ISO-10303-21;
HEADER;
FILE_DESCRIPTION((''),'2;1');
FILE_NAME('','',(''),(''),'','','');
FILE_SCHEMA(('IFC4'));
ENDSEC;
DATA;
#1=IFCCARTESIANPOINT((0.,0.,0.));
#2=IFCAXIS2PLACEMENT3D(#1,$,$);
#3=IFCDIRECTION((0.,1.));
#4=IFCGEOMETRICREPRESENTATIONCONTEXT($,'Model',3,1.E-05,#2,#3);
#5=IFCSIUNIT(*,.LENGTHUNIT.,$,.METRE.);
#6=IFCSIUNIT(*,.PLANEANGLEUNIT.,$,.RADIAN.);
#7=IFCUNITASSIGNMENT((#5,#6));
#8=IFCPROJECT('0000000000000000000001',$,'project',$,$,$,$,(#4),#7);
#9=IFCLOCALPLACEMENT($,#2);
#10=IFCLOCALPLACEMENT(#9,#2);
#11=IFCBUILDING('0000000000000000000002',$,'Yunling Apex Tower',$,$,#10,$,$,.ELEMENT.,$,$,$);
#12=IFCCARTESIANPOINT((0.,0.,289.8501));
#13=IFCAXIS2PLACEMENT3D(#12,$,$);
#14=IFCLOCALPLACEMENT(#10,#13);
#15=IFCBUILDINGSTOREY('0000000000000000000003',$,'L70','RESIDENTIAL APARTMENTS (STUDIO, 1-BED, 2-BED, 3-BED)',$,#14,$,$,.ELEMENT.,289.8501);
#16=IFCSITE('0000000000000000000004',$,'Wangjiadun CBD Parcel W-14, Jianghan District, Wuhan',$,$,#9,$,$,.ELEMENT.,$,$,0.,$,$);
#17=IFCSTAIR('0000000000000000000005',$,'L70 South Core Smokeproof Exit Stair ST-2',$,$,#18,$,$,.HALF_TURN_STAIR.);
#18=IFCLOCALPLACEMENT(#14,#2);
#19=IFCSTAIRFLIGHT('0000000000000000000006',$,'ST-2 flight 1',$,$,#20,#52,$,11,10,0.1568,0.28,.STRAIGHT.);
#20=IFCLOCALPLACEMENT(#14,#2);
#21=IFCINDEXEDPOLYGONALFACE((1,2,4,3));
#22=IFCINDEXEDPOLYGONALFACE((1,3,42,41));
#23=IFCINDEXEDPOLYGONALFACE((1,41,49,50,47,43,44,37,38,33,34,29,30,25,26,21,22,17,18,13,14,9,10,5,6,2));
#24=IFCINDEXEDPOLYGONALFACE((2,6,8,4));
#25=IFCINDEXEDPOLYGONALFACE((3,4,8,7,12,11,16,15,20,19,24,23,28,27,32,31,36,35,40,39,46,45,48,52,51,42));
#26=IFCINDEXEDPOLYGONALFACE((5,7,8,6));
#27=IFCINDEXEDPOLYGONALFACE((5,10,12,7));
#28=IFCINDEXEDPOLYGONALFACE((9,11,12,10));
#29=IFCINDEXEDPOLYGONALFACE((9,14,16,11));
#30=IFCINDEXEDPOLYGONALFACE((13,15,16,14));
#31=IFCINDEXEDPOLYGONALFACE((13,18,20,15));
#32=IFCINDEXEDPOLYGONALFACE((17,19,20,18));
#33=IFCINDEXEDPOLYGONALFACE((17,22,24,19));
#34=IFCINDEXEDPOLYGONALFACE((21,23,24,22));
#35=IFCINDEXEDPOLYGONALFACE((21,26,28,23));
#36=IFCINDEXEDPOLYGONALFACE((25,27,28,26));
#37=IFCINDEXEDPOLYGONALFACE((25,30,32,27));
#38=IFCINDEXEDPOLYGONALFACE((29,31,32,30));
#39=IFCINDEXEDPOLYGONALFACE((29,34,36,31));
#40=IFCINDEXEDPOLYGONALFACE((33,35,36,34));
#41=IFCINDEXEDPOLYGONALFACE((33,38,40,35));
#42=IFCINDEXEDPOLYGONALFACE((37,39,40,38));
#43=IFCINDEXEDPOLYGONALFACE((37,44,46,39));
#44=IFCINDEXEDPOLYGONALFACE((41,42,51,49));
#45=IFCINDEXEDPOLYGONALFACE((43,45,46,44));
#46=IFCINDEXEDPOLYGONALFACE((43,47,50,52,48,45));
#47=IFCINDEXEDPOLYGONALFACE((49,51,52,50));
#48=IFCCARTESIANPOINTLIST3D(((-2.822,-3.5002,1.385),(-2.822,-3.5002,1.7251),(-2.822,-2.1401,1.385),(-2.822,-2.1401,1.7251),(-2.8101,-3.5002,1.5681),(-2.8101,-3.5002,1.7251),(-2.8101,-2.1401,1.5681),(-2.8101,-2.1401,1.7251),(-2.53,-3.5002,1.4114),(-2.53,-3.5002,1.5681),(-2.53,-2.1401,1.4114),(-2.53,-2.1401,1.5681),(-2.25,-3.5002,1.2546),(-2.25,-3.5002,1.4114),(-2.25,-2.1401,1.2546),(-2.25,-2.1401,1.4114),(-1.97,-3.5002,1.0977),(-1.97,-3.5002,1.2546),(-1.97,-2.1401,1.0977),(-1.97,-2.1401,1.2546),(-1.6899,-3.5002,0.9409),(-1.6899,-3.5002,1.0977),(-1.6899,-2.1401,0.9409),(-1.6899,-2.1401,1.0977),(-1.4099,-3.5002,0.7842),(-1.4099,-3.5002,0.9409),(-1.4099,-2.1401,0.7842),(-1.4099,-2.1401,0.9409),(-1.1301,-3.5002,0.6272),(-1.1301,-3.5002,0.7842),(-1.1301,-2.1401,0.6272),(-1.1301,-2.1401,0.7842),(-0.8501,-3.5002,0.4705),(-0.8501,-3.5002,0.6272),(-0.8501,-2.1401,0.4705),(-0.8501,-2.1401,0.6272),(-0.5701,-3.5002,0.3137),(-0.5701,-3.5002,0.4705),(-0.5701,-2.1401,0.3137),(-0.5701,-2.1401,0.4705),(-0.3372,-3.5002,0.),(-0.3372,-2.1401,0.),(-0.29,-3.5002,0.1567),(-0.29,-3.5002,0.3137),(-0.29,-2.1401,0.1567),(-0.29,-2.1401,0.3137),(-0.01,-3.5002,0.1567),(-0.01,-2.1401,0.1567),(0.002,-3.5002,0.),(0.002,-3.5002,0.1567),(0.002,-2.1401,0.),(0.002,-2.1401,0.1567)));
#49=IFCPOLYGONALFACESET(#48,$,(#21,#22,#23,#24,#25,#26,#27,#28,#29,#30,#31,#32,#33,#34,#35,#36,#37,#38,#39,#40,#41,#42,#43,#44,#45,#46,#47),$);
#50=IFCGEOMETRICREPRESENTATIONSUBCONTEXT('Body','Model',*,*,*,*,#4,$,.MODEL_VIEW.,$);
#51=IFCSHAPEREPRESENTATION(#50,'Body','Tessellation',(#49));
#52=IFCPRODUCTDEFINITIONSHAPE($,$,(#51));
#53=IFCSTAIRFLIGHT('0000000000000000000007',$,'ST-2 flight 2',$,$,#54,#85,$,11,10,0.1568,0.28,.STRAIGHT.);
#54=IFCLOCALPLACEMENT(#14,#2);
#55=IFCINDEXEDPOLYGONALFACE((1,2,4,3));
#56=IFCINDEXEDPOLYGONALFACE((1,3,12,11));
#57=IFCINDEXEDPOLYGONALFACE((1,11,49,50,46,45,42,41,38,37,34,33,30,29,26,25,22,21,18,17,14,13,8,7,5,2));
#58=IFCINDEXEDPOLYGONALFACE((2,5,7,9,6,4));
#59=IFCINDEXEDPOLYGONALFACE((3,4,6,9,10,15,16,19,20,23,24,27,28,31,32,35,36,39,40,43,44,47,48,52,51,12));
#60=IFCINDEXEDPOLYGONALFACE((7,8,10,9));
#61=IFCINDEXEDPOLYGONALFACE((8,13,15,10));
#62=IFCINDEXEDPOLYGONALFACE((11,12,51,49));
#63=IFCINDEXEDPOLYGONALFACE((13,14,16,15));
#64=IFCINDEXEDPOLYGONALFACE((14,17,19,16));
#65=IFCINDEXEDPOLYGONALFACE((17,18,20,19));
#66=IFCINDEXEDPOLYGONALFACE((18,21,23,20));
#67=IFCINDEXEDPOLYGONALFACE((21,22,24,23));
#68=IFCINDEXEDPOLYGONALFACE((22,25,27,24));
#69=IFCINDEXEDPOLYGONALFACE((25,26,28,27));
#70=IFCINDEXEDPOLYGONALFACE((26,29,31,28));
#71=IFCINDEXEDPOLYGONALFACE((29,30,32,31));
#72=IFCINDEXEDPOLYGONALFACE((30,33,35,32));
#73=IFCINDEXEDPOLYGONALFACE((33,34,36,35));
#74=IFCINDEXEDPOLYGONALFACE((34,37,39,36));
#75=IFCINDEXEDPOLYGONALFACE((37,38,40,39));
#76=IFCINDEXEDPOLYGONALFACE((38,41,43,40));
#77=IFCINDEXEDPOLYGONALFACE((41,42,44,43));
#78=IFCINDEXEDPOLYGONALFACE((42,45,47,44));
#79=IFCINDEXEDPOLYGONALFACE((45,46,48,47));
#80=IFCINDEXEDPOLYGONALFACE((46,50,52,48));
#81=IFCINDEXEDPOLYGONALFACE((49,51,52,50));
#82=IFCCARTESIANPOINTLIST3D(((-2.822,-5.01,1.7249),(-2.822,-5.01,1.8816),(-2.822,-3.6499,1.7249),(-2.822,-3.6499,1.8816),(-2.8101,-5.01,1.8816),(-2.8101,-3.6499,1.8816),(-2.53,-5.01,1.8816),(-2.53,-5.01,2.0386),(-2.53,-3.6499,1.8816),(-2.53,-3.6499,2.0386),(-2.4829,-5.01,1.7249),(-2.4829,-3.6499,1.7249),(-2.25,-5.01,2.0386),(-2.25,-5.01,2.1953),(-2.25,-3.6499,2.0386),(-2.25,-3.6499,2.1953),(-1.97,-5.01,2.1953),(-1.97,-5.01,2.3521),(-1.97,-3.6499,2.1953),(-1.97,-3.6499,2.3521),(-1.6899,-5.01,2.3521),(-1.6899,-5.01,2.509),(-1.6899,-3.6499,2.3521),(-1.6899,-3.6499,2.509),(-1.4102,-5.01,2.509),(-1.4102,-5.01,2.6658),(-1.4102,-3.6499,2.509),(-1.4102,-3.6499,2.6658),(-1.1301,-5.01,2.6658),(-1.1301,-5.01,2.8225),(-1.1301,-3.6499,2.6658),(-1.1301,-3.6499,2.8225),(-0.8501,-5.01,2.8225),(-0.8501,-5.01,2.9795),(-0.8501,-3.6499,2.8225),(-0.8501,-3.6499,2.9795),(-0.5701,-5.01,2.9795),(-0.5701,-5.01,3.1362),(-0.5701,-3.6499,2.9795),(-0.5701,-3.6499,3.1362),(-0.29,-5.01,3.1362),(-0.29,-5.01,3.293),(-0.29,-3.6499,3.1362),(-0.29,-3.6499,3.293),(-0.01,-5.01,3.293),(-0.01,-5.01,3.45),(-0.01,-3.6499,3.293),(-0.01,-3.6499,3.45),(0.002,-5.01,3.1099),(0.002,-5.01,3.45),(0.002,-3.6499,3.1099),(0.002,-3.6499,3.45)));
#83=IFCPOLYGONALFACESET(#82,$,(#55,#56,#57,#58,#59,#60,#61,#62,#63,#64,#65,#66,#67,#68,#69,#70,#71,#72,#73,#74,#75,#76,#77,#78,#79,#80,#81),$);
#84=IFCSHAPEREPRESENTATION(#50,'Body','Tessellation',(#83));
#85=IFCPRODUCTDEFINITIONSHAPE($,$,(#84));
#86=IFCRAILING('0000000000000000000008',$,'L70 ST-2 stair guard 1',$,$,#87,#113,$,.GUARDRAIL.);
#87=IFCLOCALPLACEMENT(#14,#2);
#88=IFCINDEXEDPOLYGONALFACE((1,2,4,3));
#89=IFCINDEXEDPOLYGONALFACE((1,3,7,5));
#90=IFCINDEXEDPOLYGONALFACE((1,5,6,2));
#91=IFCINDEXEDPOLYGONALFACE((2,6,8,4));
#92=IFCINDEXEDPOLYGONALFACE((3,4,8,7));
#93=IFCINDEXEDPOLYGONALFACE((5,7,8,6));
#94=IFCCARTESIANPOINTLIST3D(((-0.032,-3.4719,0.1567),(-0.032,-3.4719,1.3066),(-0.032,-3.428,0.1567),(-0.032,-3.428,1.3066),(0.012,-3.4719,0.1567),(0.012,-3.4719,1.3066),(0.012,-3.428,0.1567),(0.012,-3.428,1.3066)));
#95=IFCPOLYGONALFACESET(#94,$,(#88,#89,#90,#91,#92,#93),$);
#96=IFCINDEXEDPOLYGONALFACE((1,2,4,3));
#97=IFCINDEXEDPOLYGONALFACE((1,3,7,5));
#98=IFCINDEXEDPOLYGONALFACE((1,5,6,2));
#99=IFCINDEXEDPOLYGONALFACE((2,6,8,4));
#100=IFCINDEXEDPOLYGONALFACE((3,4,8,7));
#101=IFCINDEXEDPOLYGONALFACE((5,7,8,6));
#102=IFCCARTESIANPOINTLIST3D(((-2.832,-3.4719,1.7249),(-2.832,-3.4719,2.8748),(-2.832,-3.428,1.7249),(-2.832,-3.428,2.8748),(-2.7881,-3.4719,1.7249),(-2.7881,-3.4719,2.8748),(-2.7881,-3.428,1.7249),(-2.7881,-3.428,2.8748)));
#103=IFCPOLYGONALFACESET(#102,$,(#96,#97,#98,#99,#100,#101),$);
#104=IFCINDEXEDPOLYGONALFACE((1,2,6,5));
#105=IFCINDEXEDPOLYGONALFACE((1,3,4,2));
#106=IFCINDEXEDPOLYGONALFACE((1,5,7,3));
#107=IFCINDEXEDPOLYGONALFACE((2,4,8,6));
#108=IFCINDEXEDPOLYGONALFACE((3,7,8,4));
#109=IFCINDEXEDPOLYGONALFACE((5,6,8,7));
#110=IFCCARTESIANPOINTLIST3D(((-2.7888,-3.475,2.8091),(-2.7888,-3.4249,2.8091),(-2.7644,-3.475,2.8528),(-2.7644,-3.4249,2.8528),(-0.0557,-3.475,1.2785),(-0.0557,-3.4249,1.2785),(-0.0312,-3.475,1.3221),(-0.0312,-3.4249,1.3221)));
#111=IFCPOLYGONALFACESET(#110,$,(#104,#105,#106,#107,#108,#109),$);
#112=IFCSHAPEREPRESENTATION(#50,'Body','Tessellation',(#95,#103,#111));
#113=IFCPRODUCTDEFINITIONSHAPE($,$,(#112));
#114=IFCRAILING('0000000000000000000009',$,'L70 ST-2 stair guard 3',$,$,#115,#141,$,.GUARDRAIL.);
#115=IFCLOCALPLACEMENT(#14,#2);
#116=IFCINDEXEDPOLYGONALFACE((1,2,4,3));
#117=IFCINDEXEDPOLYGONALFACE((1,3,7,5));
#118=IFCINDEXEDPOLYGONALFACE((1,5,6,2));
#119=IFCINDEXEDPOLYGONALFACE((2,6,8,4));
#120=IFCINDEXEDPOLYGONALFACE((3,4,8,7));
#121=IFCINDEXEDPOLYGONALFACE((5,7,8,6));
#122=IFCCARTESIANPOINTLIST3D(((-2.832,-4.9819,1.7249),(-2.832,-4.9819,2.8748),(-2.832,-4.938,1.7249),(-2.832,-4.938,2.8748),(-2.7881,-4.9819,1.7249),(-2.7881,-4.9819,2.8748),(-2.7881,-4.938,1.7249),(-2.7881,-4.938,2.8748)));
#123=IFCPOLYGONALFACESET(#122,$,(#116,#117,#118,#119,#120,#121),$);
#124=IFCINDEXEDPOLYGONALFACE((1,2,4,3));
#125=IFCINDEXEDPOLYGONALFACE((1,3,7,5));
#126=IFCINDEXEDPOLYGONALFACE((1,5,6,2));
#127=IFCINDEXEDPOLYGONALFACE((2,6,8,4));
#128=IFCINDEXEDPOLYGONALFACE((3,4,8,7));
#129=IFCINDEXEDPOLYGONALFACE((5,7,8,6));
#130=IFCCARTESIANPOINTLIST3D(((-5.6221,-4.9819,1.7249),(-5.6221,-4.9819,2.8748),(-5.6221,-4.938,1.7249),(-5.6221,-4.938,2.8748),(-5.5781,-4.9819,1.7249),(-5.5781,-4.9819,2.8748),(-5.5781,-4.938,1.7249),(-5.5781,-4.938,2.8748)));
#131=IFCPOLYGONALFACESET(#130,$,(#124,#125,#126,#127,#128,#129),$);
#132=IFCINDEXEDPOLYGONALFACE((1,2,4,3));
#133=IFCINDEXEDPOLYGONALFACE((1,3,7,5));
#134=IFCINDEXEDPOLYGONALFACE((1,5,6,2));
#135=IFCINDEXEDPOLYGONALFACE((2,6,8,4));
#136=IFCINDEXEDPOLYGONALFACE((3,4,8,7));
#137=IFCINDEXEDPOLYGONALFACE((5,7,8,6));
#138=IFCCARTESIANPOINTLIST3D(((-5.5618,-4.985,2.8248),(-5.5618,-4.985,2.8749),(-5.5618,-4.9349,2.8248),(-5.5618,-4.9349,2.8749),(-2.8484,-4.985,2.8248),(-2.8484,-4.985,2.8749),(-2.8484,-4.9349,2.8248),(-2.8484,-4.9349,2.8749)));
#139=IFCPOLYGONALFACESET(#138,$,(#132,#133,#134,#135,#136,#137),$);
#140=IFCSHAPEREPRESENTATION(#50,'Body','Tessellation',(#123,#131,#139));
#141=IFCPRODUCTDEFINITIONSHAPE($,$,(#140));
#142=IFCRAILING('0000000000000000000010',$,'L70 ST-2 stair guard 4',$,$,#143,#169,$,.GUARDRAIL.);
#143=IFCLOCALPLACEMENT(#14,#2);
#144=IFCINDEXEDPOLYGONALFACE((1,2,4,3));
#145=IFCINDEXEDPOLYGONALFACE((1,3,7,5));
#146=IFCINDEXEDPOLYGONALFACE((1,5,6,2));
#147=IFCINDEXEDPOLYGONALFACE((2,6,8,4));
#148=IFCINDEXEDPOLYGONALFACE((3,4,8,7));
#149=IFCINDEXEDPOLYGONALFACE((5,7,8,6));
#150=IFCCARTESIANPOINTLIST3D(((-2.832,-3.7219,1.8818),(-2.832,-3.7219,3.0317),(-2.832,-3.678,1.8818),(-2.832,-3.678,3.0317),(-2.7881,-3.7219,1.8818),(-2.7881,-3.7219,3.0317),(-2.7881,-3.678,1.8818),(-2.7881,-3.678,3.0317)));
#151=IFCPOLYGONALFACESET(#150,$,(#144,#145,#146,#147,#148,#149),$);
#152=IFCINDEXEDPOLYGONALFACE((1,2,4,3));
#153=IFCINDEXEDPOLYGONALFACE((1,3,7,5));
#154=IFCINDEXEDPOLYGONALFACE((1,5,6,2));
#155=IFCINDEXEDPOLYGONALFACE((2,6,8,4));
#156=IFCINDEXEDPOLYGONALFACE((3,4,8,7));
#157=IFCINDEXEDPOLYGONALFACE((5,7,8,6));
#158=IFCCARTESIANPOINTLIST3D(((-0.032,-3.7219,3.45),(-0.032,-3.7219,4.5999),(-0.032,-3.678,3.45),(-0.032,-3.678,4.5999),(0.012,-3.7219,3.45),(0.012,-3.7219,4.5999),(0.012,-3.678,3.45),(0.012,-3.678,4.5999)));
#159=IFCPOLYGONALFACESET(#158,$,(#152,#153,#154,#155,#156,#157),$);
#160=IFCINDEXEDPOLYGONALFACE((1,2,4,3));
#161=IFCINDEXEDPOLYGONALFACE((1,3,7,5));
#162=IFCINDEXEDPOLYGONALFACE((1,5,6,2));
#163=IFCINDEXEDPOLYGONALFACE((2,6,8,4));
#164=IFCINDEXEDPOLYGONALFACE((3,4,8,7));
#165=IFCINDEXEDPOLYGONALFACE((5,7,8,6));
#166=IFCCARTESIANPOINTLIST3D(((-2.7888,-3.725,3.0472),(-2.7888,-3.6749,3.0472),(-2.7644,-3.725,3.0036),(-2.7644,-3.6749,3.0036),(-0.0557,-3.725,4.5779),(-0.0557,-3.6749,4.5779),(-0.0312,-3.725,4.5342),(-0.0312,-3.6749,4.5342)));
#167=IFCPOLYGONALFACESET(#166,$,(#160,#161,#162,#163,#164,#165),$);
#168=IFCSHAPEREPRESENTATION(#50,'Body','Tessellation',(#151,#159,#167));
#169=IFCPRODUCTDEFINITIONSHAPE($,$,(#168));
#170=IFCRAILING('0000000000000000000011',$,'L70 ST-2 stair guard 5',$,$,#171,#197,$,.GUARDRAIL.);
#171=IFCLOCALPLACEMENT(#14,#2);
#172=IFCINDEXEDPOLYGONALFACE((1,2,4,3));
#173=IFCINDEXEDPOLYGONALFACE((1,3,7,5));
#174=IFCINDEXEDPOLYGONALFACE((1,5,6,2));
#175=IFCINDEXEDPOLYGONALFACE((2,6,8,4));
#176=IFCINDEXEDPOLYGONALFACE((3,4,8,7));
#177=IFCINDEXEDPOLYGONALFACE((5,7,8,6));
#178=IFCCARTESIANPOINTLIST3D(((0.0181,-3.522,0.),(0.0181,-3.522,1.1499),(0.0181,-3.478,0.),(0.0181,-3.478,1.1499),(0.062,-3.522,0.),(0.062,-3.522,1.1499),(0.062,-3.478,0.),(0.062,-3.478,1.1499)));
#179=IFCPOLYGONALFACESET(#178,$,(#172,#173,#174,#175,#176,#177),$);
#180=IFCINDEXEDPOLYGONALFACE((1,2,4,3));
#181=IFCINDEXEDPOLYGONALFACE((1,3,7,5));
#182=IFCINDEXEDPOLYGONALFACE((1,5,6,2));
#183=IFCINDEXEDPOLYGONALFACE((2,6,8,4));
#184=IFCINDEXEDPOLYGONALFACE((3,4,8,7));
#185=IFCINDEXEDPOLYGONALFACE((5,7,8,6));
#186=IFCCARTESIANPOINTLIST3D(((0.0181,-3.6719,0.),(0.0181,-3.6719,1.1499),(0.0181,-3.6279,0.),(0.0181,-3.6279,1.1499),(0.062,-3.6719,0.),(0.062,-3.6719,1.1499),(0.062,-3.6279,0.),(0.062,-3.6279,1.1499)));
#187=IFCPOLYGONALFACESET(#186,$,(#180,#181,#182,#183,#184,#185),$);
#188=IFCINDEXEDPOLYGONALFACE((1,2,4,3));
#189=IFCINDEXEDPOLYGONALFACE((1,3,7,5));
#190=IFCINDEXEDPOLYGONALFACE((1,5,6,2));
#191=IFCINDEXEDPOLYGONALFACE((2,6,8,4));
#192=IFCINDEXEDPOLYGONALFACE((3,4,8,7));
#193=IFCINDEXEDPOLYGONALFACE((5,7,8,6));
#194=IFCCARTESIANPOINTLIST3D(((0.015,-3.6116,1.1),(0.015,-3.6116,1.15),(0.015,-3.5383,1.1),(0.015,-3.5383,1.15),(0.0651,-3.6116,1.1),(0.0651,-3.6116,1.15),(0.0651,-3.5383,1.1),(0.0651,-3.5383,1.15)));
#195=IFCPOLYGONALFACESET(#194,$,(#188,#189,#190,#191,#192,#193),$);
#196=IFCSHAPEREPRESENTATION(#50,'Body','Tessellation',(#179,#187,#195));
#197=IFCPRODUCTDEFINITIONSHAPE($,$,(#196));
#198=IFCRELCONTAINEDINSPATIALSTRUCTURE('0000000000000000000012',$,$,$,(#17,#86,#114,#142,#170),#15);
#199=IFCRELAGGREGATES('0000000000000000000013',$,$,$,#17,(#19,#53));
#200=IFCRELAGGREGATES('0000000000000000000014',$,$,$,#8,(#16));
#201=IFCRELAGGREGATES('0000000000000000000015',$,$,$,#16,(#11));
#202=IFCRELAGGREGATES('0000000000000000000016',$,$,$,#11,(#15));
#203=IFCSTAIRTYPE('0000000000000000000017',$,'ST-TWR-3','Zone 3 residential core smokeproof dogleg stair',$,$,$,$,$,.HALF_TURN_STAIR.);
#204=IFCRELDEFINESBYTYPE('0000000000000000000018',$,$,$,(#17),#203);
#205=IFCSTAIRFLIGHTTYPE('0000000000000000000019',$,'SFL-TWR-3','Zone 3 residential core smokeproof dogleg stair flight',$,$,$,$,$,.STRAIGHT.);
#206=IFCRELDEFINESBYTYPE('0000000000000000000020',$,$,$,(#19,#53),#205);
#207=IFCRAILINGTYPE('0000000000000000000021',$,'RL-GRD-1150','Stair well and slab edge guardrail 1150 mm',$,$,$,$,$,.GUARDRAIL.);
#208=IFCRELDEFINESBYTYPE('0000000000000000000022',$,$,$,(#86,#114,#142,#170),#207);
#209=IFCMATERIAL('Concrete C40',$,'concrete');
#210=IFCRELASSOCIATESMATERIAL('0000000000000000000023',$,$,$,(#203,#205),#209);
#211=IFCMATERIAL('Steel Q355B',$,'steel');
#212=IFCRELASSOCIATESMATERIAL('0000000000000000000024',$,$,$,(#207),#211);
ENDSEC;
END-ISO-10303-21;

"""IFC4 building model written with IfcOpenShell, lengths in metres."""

from ifc_helpers import new_model, si_unit, direction, frame, origin, origin_2d, place, context, subcontext, project, spatial, polyline, rectangle, outline, extrude, material, type_object, element, aggregate, save


model = new_model("IFC4")

# Units and contexts
model_context = context("Model", 3, precision=1e-05, world=origin(), true_north=direction((0.0, 1.0)))
body_context = subcontext(model_context, "Body", "Model", "MODEL_VIEW")
ifc_project = project(units=[si_unit("LENGTHUNIT", "METRE"), si_unit("PLANEANGLEUNIT", "RADIAN")], contexts=[model_context])

# Site, building, storey
site_placement = place(None, origin())
site = spatial("IfcSite", under=ifc_project, at=site_placement, Name="Wangjiadun CBD Parcel W-14, Jianghan District, Wuhan", CompositionType="ELEMENT", RefElevation=0.0)
building_placement = place(site_placement, origin())
building = spatial("IfcBuilding", under=site, at=building_placement, Name="Yunling Apex Tower", CompositionType="ELEMENT")
storey_placement = place(building_placement, frame((0.0, 0.0, 289.8501)))
storey = spatial("IfcBuildingStorey", under=building, at=storey_placement, Name="L70", Description="RESIDENTIAL APARTMENTS (STUDIO, 1-BED, 2-BED, 3-BED)", CompositionType="ELEMENT", Elevation=289.8501)

# Shared definitions
ifc_material_1 = material(Name="Steel Q355B", Category="steel")

# Shared definitions
ifc_material_2 = material(Name="Concrete C40", Category="concrete")

# Stair, stair flights
stair_type = type_object("IfcStairType", Name="ST-TWR-3", Description="Zone 3 residential core smokeproof dogleg stair", PredefinedType="HALF_TURN_STAIR", material=ifc_material_2)
stair_placement = place(storey_placement, origin())
stair = element("IfcStair", 1, at=stair_placement, inside=storey, type_object=stair_type, Name="L70 South Core Smokeproof Exit Stair ST-2", PredefinedType="HALF_TURN_STAIR")
stair_flight_type = type_object("IfcStairFlightType", Name="SFL-TWR-3", Description="Zone 3 residential core smokeproof dogleg stair flight", PredefinedType="STRAIGHT", material=ifc_material_2)
stair_flight_1_placement = place(storey_placement, frame((-0.01, -2.8201, 0.0), z_axis=(0.0, 0.0, 1.0), x_axis=(-1.0, 0.0, 0.0)))
stair_flight_1 = element("IfcStairFlight", 2, at=stair_flight_1_placement, type_object=stair_flight_type, Name="ST-2 flight 1", NumberOfRisers=11, NumberOfTreads=10, PredefinedType="STRAIGHT", RiserHeight=0.1568, TreadLength=0.28, context=body_context, shape_type="SweptSolid", body=[
    extrude(outline(polyline([(-0.012, 0.0), (-0.012, 0.1567), (0.0, 0.1567), (0.28, 0.1567), (0.28, 0.3137), (0.5601, 0.3137), (0.5601, 0.4705), (0.8401, 0.4705), (0.8401, 0.6272), (1.1201, 0.6272), (1.1201, 0.7842), (1.3999, 0.7842), (1.3999, 0.9409), (1.6799, 0.9409), (1.6799, 1.0977), (1.96, 1.0977), (1.96, 1.2546), (2.24, 1.2546), (2.24, 1.4114), (2.52, 1.4114), (2.52, 1.5681), (2.8, 1.5681), (2.8, 1.7251), (2.812, 1.7251), (2.812, 1.385), (0.3271, 0.0), (-0.012, 0.0)])), frame((0.0, 0.6802, 0.0), z_axis=(0.0, -1.0, 0.0), x_axis=(1.0, 0.0, 0.0)), (0.0, 0.0, 1.0), 1.3601),
])
stair_flight_2_placement = place(storey_placement, frame((-2.8101, -4.3301, 1.7249), z_axis=(0.0, 0.0, 1.0), x_axis=(1.0, 0.0, 0.0)))
stair_flight_2 = element("IfcStairFlight", 3, at=stair_flight_2_placement, type_object=stair_flight_type, Name="ST-2 flight 2", NumberOfRisers=11, NumberOfTreads=10, PredefinedType="STRAIGHT", RiserHeight=0.1568, TreadLength=0.28, context=body_context, shape_type="SweptSolid", body=[
    extrude(outline(polyline([(-0.012, 0.0), (-0.012, 0.1567), (0.0, 0.1567), (0.28, 0.1567), (0.28, 0.3137), (0.5601, 0.3137), (0.5601, 0.4705), (0.8401, 0.4705), (0.8401, 0.6272), (1.1201, 0.6272), (1.1201, 0.7842), (1.3999, 0.7842), (1.3999, 0.9409), (1.6799, 0.9409), (1.6799, 1.0977), (1.96, 1.0977), (1.96, 1.2546), (2.24, 1.2546), (2.24, 1.4114), (2.52, 1.4114), (2.52, 1.5681), (2.8, 1.5681), (2.8, 1.7251), (2.812, 1.7251), (2.812, 1.385), (0.3271, 0.0), (-0.012, 0.0)])), frame((0.0, 0.6802, 0.0), z_axis=(0.0, -1.0, 0.0), x_axis=(1.0, 0.0, 0.0)), (0.0, 0.0, 1.0), 1.3601),
])
aggregate(stair, [stair_flight_1, stair_flight_2])

# Railings
railing_type_1 = type_object("IfcRailingType", Name="RL-GRD-1150", Description="Stair well and slab edge guardrail 1150 mm", PredefinedType="GUARDRAIL", material=ifc_material_1)
railing_1_placement = place(storey_placement, frame((-0.01, -3.45, 0.1567)))
element("IfcRailing", 4, at=railing_1_placement, inside=storey, type_object=railing_type_1, Name="L70 ST-2 stair guard 1", PredefinedType="GUARDRAIL", context=body_context, shape_type="SweptSolid", body=[
    extrude(rectangle(XDim=0.0439, YDim=0.0439, at=origin_2d()), origin(), (0.0, 0.0, 1.0), 1.1499),
    extrude(rectangle(XDim=0.0439, YDim=0.0439, at=origin_2d()), frame((-2.8, 0.0, 1.5681)), (0.0, 0.0, 1.0), 1.1499),
    extrude(rectangle(XDim=0.05, YDim=0.05, at=origin_2d()), frame((-0.0334, 0.0, 1.1436), z_axis=(-0.872494, 0.0, 0.488624), x_axis=(0.0, -1.0, 0.0)), (0.0, 0.0, 1.0), 3.1326),
])
railing_2_placement = place(storey_placement, frame((-2.8101, -4.96, 1.7249)))
element("IfcRailing", 5, at=railing_2_placement, inside=storey, type_object=railing_type_1, Name="L70 ST-2 stair guard 3", PredefinedType="GUARDRAIL", context=body_context, shape_type="SweptSolid", body=[
    extrude(rectangle(XDim=0.0439, YDim=0.0439, at=origin_2d()), origin(), (0.0, 0.0, 1.0), 1.1499),
    extrude(rectangle(XDim=0.0439, YDim=0.0439, at=origin_2d()), frame((-2.79, 0.0, 0.0)), (0.0, 0.0, 1.0), 1.1499),
    extrude(rectangle(XDim=0.05, YDim=0.05, at=origin_2d()), frame((-0.0383, 0.0, 1.125), z_axis=(-1.0, 0.0, 0.0), x_axis=(0.0, -1.0, 0.0)), (0.0, 0.0, 1.0), 2.7134),
])
railing_3_placement = place(storey_placement, frame((-2.8101, -3.7, 1.8818)))
element("IfcRailing", 6, at=railing_3_placement, inside=storey, type_object=railing_type_1, Name="L70 ST-2 stair guard 4", PredefinedType="GUARDRAIL", context=body_context, shape_type="SweptSolid", body=[
    extrude(rectangle(XDim=0.0439, YDim=0.0439, at=origin_2d()), origin(), (0.0, 0.0, 1.0), 1.1499),
    extrude(rectangle(XDim=0.0439, YDim=0.0439, at=origin_2d()), frame((2.8, 0.0, 1.5681)), (0.0, 0.0, 1.0), 1.1499),
    extrude(rectangle(XDim=0.05, YDim=0.05, at=origin_2d()), frame((0.0334, 0.0, 1.1436), z_axis=(0.872494, 0.0, 0.488624), x_axis=(0.0, 1.0, 0.0)), (0.0, 0.0, 1.0), 3.1326),
])
railing_4_placement = place(storey_placement, frame((0.04, -3.5, 0.0)))
element("IfcRailing", 7, at=railing_4_placement, inside=storey, type_object=railing_type_1, Name="L70 ST-2 stair guard 5", PredefinedType="GUARDRAIL", context=body_context, shape_type="SweptSolid", body=[
    extrude(rectangle(XDim=0.0439, YDim=0.0439, at=origin_2d()), origin(), (0.0, 0.0, 1.0), 1.1499),
    extrude(rectangle(XDim=0.0439, YDim=0.0439, at=origin_2d()), frame((0.0, -0.1499, 0.0)), (0.0, 0.0, 1.0), 1.1499),
    extrude(rectangle(XDim=0.05, YDim=0.05, at=origin_2d()), frame((0.0, -0.0383, 1.125), z_axis=(0.0, -1.0, 0.0), x_axis=(1.0, 0.0, 0.0)), (0.0, 0.0, 1.0), 0.0732),
])

save(model, "model.ifc")
